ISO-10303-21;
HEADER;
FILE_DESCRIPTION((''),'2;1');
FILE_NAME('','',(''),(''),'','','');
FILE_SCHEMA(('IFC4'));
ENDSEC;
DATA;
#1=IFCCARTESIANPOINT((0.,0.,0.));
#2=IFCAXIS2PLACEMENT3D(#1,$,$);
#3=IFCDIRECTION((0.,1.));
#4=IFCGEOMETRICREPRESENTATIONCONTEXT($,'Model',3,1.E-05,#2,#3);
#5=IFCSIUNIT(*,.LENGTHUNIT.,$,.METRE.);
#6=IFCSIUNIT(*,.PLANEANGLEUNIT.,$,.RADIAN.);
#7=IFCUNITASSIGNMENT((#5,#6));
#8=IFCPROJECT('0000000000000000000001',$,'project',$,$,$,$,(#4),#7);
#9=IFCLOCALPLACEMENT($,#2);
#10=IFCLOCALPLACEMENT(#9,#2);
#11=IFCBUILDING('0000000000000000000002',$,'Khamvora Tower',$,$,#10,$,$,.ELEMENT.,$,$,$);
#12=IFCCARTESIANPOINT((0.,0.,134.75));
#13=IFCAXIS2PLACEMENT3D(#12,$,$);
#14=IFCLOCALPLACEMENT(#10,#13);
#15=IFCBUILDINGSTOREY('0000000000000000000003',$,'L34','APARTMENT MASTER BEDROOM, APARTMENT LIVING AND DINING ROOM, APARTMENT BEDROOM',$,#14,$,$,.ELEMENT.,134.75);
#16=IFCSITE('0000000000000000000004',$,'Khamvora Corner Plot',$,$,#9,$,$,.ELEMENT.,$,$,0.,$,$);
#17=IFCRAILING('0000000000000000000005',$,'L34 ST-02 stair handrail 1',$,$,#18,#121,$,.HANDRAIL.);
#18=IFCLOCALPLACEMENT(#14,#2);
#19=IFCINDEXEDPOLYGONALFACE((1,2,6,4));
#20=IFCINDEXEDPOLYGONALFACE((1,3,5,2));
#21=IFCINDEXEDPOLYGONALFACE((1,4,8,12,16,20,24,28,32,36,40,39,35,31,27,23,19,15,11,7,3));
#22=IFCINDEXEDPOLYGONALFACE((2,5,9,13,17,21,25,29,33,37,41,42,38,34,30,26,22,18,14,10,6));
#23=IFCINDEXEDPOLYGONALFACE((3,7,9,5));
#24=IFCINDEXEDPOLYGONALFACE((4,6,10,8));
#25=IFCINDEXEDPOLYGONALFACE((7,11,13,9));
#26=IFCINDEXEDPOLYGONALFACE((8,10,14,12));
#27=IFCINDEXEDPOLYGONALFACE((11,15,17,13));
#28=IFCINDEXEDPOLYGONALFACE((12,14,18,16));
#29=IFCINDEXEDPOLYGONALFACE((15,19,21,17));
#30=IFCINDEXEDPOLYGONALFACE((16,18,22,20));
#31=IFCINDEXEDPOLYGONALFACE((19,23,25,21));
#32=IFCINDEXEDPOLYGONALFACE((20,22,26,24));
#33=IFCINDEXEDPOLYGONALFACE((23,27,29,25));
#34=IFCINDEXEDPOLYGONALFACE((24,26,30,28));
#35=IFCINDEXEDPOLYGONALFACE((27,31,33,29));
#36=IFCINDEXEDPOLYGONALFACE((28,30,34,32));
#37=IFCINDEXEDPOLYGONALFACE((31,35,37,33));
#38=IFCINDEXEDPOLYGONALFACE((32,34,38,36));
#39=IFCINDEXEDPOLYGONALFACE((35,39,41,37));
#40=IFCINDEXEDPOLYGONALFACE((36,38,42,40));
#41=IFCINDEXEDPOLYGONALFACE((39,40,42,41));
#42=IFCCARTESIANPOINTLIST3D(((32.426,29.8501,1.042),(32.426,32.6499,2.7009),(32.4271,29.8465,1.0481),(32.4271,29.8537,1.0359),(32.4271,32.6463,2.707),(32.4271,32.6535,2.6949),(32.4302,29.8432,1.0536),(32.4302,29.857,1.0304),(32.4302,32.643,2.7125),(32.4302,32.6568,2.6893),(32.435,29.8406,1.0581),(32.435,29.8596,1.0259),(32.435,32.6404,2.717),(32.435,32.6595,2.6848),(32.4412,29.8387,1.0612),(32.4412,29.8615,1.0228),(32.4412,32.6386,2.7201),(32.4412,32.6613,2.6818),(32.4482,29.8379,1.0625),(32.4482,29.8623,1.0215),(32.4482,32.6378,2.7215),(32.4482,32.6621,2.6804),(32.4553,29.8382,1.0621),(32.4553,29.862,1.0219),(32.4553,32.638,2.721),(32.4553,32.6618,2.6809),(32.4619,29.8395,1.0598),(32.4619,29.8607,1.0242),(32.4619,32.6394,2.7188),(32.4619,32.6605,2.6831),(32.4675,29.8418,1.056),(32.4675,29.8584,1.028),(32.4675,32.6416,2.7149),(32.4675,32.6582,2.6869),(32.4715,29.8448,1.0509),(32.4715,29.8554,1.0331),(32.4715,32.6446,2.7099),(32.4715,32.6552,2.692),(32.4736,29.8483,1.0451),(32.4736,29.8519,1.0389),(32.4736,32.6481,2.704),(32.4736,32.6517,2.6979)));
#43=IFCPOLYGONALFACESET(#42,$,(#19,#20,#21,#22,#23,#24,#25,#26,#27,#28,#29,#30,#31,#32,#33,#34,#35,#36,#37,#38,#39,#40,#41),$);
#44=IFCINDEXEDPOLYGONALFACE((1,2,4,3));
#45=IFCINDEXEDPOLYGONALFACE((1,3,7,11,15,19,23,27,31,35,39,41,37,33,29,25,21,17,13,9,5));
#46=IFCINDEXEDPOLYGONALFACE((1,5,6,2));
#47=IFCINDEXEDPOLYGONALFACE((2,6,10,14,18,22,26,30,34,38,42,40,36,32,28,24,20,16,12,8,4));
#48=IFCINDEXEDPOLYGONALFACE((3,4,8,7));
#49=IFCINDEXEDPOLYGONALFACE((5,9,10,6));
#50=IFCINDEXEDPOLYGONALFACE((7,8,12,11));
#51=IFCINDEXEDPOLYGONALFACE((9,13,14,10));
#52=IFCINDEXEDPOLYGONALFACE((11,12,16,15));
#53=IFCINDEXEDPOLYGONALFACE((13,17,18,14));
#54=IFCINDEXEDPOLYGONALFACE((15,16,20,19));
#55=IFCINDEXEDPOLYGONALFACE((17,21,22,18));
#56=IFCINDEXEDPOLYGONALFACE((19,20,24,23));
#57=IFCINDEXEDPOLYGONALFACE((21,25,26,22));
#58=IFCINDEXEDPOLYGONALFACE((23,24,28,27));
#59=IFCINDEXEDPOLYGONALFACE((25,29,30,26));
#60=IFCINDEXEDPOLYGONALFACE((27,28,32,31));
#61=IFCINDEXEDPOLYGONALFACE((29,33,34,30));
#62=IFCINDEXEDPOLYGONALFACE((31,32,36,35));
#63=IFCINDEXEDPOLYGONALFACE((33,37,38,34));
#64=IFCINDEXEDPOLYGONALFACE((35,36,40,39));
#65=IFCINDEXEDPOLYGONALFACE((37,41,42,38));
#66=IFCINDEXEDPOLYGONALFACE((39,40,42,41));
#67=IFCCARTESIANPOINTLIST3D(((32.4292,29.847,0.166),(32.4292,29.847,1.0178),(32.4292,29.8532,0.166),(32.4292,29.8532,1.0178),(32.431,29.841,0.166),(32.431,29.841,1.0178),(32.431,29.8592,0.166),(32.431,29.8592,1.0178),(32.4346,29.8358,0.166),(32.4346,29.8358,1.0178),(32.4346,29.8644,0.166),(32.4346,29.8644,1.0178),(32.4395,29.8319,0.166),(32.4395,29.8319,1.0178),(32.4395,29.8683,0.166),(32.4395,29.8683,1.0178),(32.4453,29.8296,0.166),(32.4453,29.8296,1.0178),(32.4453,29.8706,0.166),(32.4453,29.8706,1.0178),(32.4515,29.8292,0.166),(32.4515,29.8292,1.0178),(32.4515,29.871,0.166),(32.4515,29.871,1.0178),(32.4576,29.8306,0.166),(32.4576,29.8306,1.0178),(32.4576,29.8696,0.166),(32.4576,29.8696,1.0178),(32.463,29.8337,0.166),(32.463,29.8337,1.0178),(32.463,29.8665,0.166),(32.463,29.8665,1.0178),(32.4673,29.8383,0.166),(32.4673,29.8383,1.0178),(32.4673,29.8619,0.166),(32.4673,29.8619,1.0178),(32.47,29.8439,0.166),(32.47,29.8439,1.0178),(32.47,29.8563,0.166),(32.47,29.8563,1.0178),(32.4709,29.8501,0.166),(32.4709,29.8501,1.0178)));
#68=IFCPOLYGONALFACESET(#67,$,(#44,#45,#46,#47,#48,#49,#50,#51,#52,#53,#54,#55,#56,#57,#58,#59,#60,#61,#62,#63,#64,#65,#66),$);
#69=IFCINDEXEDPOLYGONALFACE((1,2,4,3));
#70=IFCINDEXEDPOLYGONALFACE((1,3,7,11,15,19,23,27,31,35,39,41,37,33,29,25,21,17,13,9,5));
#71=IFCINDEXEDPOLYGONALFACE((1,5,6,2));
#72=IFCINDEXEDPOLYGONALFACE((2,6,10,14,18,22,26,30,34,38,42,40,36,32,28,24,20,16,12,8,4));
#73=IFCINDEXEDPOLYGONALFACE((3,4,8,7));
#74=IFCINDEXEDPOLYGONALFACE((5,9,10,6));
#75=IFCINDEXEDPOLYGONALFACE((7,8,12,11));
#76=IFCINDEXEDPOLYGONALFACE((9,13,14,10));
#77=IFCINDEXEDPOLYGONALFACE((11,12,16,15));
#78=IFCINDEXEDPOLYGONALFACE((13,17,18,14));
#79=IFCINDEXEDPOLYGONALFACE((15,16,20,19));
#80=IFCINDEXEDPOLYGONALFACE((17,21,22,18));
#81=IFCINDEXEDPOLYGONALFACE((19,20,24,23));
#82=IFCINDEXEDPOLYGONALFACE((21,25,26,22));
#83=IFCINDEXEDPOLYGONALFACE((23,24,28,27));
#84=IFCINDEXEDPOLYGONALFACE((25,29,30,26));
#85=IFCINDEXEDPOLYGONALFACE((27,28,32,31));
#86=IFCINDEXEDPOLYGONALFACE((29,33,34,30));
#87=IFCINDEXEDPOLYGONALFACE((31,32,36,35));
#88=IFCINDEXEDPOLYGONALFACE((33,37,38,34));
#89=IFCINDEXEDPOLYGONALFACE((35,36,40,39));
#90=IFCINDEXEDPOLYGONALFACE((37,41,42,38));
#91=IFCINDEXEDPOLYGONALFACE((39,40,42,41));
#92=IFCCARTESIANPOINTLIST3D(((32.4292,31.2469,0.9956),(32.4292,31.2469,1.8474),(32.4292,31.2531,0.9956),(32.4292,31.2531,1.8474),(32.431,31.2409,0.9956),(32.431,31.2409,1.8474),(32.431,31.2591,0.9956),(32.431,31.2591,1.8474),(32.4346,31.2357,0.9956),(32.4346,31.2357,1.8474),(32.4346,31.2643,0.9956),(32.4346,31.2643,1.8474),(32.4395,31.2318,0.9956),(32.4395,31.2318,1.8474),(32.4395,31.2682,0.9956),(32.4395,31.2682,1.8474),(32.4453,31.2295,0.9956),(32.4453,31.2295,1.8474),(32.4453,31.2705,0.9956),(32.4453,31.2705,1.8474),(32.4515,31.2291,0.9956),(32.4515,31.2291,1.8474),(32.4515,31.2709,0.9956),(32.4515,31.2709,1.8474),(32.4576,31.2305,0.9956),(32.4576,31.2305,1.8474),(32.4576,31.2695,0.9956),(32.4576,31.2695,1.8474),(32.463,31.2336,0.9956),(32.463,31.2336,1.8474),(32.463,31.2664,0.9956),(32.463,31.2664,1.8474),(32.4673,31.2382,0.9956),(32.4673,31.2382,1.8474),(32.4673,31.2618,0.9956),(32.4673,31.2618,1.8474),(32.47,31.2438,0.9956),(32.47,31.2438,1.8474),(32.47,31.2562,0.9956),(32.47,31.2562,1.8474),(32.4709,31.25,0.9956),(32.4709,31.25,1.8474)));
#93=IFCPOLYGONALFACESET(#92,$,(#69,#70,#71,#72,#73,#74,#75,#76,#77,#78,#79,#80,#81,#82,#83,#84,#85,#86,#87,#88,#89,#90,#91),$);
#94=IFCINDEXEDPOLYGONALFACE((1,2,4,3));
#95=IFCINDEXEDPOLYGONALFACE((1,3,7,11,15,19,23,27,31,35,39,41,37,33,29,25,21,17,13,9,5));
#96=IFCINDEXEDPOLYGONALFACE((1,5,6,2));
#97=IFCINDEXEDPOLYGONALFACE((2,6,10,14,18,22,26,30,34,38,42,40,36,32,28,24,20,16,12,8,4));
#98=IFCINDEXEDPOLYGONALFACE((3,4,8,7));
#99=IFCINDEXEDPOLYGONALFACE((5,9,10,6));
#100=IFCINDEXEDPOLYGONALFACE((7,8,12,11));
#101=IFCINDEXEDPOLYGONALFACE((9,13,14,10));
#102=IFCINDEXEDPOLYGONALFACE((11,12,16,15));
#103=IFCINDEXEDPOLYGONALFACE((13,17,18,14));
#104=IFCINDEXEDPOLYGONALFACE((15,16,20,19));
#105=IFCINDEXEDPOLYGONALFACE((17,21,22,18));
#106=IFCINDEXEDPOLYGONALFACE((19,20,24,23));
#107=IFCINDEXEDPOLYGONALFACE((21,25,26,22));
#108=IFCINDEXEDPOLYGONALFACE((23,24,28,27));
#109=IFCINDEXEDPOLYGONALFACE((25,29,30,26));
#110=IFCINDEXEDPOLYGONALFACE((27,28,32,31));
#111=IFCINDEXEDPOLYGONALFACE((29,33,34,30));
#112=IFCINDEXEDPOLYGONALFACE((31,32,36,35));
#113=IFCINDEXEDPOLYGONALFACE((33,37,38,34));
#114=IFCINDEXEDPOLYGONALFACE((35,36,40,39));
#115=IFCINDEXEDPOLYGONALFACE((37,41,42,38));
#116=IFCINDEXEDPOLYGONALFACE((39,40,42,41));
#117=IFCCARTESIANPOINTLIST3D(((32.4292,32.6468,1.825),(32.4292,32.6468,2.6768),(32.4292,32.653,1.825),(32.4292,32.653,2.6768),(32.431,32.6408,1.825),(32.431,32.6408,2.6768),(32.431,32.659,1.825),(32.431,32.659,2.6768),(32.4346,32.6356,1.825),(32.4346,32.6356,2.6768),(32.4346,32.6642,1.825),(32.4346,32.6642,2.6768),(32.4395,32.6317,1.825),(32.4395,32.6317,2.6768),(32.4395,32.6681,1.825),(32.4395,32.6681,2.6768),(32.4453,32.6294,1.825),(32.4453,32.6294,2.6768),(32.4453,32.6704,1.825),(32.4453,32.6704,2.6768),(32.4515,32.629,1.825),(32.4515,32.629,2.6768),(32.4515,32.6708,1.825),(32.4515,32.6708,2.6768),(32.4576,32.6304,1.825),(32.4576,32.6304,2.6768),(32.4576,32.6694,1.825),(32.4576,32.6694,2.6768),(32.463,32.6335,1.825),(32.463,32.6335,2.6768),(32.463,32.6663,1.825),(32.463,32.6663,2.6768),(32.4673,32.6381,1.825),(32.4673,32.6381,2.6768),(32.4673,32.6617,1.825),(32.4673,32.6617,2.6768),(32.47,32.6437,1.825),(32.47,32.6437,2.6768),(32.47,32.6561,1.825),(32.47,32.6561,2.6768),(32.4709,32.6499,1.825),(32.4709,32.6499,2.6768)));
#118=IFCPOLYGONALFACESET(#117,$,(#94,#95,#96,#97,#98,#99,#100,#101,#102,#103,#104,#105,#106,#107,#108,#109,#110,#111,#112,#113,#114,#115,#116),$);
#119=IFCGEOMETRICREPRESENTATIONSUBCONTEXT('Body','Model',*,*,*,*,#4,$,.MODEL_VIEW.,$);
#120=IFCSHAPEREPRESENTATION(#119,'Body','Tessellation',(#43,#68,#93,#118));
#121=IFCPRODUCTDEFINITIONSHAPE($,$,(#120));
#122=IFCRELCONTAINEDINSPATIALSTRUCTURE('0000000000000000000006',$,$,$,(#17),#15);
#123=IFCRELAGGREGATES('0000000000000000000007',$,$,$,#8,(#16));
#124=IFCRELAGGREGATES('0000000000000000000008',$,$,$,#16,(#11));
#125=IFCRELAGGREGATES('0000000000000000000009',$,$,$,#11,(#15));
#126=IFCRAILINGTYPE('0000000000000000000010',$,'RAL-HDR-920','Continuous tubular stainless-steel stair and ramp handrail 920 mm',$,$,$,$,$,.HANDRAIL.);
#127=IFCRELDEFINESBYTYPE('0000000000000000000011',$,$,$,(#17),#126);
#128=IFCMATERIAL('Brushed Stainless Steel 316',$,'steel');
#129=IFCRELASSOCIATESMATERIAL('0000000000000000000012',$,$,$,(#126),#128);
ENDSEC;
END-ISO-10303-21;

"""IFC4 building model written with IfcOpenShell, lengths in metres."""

from ifc_helpers import new_model, si_unit, direction, frame, origin, origin_2d, place, context, subcontext, project, spatial, circle, extrude, material, type_object, element, save


model = new_model("IFC4")

# Units and contexts
model_context = context("Model", 3, precision=1e-05, world=origin(), true_north=direction((0.0, 1.0)))
body_context = subcontext(model_context, "Body", "Model", "MODEL_VIEW")
ifc_project = project(units=[si_unit("LENGTHUNIT", "METRE"), si_unit("PLANEANGLEUNIT", "RADIAN")], contexts=[model_context])

# Site, building, storey
site_placement = place(None, origin())
site = spatial("IfcSite", under=ifc_project, at=site_placement, Name="Khamvora Corner Plot", CompositionType="ELEMENT", RefElevation=0.0)
building_placement = place(site_placement, origin())
building = spatial("IfcBuilding", under=site, at=building_placement, Name="Khamvora Tower", CompositionType="ELEMENT")
storey_placement = place(building_placement, frame((0.0, 0.0, 134.75)))
storey = spatial("IfcBuildingStorey", under=building, at=storey_placement, Name="L34", Description="APARTMENT MASTER BEDROOM, APARTMENT LIVING AND DINING ROOM, APARTMENT BEDROOM", CompositionType="ELEMENT", Elevation=134.75)

# Railing
ifc_material_1 = material(Name="Brushed Stainless Steel 316", Category="steel")
railing_type_1 = type_object("IfcRailingType", Name="RAL-HDR-920", Description="Continuous tubular stainless-steel stair and ramp handrail 920 mm", PredefinedType="HANDRAIL", material=ifc_material_1)
railing_1_placement = place(storey_placement, frame((32.45, 29.8501, 0.166)))
element("IfcRailing", 1, at=railing_1_placement, inside=storey, type_object=railing_type_1, Name="L34 ST-02 stair handrail 1", PredefinedType="HANDRAIL", context=body_context, shape_type="SweptSolid", body=[
    extrude(circle(Radius=0.0239, at=origin_2d()), frame((0.0, 0.0, 0.876), z_axis=(0.0, 0.86032, 0.509755), x_axis=(-1.0, 0.0, 0.0)), (0.0, 0.0, 1.0), 3.2544),
    extrude(circle(Radius=0.021, at=origin_2d()), origin(), (0.0, 0.0, 1.0), 0.8518),
    extrude(circle(Radius=0.021, at=origin_2d()), frame((0.0, 1.3999, 0.8296)), (0.0, 0.0, 1.0), 0.8518),
    extrude(circle(Radius=0.021, at=origin_2d()), frame((0.0, 2.7998, 1.6589)), (0.0, 0.0, 1.0), 0.8518),
])

save(model, "model.ifc")
